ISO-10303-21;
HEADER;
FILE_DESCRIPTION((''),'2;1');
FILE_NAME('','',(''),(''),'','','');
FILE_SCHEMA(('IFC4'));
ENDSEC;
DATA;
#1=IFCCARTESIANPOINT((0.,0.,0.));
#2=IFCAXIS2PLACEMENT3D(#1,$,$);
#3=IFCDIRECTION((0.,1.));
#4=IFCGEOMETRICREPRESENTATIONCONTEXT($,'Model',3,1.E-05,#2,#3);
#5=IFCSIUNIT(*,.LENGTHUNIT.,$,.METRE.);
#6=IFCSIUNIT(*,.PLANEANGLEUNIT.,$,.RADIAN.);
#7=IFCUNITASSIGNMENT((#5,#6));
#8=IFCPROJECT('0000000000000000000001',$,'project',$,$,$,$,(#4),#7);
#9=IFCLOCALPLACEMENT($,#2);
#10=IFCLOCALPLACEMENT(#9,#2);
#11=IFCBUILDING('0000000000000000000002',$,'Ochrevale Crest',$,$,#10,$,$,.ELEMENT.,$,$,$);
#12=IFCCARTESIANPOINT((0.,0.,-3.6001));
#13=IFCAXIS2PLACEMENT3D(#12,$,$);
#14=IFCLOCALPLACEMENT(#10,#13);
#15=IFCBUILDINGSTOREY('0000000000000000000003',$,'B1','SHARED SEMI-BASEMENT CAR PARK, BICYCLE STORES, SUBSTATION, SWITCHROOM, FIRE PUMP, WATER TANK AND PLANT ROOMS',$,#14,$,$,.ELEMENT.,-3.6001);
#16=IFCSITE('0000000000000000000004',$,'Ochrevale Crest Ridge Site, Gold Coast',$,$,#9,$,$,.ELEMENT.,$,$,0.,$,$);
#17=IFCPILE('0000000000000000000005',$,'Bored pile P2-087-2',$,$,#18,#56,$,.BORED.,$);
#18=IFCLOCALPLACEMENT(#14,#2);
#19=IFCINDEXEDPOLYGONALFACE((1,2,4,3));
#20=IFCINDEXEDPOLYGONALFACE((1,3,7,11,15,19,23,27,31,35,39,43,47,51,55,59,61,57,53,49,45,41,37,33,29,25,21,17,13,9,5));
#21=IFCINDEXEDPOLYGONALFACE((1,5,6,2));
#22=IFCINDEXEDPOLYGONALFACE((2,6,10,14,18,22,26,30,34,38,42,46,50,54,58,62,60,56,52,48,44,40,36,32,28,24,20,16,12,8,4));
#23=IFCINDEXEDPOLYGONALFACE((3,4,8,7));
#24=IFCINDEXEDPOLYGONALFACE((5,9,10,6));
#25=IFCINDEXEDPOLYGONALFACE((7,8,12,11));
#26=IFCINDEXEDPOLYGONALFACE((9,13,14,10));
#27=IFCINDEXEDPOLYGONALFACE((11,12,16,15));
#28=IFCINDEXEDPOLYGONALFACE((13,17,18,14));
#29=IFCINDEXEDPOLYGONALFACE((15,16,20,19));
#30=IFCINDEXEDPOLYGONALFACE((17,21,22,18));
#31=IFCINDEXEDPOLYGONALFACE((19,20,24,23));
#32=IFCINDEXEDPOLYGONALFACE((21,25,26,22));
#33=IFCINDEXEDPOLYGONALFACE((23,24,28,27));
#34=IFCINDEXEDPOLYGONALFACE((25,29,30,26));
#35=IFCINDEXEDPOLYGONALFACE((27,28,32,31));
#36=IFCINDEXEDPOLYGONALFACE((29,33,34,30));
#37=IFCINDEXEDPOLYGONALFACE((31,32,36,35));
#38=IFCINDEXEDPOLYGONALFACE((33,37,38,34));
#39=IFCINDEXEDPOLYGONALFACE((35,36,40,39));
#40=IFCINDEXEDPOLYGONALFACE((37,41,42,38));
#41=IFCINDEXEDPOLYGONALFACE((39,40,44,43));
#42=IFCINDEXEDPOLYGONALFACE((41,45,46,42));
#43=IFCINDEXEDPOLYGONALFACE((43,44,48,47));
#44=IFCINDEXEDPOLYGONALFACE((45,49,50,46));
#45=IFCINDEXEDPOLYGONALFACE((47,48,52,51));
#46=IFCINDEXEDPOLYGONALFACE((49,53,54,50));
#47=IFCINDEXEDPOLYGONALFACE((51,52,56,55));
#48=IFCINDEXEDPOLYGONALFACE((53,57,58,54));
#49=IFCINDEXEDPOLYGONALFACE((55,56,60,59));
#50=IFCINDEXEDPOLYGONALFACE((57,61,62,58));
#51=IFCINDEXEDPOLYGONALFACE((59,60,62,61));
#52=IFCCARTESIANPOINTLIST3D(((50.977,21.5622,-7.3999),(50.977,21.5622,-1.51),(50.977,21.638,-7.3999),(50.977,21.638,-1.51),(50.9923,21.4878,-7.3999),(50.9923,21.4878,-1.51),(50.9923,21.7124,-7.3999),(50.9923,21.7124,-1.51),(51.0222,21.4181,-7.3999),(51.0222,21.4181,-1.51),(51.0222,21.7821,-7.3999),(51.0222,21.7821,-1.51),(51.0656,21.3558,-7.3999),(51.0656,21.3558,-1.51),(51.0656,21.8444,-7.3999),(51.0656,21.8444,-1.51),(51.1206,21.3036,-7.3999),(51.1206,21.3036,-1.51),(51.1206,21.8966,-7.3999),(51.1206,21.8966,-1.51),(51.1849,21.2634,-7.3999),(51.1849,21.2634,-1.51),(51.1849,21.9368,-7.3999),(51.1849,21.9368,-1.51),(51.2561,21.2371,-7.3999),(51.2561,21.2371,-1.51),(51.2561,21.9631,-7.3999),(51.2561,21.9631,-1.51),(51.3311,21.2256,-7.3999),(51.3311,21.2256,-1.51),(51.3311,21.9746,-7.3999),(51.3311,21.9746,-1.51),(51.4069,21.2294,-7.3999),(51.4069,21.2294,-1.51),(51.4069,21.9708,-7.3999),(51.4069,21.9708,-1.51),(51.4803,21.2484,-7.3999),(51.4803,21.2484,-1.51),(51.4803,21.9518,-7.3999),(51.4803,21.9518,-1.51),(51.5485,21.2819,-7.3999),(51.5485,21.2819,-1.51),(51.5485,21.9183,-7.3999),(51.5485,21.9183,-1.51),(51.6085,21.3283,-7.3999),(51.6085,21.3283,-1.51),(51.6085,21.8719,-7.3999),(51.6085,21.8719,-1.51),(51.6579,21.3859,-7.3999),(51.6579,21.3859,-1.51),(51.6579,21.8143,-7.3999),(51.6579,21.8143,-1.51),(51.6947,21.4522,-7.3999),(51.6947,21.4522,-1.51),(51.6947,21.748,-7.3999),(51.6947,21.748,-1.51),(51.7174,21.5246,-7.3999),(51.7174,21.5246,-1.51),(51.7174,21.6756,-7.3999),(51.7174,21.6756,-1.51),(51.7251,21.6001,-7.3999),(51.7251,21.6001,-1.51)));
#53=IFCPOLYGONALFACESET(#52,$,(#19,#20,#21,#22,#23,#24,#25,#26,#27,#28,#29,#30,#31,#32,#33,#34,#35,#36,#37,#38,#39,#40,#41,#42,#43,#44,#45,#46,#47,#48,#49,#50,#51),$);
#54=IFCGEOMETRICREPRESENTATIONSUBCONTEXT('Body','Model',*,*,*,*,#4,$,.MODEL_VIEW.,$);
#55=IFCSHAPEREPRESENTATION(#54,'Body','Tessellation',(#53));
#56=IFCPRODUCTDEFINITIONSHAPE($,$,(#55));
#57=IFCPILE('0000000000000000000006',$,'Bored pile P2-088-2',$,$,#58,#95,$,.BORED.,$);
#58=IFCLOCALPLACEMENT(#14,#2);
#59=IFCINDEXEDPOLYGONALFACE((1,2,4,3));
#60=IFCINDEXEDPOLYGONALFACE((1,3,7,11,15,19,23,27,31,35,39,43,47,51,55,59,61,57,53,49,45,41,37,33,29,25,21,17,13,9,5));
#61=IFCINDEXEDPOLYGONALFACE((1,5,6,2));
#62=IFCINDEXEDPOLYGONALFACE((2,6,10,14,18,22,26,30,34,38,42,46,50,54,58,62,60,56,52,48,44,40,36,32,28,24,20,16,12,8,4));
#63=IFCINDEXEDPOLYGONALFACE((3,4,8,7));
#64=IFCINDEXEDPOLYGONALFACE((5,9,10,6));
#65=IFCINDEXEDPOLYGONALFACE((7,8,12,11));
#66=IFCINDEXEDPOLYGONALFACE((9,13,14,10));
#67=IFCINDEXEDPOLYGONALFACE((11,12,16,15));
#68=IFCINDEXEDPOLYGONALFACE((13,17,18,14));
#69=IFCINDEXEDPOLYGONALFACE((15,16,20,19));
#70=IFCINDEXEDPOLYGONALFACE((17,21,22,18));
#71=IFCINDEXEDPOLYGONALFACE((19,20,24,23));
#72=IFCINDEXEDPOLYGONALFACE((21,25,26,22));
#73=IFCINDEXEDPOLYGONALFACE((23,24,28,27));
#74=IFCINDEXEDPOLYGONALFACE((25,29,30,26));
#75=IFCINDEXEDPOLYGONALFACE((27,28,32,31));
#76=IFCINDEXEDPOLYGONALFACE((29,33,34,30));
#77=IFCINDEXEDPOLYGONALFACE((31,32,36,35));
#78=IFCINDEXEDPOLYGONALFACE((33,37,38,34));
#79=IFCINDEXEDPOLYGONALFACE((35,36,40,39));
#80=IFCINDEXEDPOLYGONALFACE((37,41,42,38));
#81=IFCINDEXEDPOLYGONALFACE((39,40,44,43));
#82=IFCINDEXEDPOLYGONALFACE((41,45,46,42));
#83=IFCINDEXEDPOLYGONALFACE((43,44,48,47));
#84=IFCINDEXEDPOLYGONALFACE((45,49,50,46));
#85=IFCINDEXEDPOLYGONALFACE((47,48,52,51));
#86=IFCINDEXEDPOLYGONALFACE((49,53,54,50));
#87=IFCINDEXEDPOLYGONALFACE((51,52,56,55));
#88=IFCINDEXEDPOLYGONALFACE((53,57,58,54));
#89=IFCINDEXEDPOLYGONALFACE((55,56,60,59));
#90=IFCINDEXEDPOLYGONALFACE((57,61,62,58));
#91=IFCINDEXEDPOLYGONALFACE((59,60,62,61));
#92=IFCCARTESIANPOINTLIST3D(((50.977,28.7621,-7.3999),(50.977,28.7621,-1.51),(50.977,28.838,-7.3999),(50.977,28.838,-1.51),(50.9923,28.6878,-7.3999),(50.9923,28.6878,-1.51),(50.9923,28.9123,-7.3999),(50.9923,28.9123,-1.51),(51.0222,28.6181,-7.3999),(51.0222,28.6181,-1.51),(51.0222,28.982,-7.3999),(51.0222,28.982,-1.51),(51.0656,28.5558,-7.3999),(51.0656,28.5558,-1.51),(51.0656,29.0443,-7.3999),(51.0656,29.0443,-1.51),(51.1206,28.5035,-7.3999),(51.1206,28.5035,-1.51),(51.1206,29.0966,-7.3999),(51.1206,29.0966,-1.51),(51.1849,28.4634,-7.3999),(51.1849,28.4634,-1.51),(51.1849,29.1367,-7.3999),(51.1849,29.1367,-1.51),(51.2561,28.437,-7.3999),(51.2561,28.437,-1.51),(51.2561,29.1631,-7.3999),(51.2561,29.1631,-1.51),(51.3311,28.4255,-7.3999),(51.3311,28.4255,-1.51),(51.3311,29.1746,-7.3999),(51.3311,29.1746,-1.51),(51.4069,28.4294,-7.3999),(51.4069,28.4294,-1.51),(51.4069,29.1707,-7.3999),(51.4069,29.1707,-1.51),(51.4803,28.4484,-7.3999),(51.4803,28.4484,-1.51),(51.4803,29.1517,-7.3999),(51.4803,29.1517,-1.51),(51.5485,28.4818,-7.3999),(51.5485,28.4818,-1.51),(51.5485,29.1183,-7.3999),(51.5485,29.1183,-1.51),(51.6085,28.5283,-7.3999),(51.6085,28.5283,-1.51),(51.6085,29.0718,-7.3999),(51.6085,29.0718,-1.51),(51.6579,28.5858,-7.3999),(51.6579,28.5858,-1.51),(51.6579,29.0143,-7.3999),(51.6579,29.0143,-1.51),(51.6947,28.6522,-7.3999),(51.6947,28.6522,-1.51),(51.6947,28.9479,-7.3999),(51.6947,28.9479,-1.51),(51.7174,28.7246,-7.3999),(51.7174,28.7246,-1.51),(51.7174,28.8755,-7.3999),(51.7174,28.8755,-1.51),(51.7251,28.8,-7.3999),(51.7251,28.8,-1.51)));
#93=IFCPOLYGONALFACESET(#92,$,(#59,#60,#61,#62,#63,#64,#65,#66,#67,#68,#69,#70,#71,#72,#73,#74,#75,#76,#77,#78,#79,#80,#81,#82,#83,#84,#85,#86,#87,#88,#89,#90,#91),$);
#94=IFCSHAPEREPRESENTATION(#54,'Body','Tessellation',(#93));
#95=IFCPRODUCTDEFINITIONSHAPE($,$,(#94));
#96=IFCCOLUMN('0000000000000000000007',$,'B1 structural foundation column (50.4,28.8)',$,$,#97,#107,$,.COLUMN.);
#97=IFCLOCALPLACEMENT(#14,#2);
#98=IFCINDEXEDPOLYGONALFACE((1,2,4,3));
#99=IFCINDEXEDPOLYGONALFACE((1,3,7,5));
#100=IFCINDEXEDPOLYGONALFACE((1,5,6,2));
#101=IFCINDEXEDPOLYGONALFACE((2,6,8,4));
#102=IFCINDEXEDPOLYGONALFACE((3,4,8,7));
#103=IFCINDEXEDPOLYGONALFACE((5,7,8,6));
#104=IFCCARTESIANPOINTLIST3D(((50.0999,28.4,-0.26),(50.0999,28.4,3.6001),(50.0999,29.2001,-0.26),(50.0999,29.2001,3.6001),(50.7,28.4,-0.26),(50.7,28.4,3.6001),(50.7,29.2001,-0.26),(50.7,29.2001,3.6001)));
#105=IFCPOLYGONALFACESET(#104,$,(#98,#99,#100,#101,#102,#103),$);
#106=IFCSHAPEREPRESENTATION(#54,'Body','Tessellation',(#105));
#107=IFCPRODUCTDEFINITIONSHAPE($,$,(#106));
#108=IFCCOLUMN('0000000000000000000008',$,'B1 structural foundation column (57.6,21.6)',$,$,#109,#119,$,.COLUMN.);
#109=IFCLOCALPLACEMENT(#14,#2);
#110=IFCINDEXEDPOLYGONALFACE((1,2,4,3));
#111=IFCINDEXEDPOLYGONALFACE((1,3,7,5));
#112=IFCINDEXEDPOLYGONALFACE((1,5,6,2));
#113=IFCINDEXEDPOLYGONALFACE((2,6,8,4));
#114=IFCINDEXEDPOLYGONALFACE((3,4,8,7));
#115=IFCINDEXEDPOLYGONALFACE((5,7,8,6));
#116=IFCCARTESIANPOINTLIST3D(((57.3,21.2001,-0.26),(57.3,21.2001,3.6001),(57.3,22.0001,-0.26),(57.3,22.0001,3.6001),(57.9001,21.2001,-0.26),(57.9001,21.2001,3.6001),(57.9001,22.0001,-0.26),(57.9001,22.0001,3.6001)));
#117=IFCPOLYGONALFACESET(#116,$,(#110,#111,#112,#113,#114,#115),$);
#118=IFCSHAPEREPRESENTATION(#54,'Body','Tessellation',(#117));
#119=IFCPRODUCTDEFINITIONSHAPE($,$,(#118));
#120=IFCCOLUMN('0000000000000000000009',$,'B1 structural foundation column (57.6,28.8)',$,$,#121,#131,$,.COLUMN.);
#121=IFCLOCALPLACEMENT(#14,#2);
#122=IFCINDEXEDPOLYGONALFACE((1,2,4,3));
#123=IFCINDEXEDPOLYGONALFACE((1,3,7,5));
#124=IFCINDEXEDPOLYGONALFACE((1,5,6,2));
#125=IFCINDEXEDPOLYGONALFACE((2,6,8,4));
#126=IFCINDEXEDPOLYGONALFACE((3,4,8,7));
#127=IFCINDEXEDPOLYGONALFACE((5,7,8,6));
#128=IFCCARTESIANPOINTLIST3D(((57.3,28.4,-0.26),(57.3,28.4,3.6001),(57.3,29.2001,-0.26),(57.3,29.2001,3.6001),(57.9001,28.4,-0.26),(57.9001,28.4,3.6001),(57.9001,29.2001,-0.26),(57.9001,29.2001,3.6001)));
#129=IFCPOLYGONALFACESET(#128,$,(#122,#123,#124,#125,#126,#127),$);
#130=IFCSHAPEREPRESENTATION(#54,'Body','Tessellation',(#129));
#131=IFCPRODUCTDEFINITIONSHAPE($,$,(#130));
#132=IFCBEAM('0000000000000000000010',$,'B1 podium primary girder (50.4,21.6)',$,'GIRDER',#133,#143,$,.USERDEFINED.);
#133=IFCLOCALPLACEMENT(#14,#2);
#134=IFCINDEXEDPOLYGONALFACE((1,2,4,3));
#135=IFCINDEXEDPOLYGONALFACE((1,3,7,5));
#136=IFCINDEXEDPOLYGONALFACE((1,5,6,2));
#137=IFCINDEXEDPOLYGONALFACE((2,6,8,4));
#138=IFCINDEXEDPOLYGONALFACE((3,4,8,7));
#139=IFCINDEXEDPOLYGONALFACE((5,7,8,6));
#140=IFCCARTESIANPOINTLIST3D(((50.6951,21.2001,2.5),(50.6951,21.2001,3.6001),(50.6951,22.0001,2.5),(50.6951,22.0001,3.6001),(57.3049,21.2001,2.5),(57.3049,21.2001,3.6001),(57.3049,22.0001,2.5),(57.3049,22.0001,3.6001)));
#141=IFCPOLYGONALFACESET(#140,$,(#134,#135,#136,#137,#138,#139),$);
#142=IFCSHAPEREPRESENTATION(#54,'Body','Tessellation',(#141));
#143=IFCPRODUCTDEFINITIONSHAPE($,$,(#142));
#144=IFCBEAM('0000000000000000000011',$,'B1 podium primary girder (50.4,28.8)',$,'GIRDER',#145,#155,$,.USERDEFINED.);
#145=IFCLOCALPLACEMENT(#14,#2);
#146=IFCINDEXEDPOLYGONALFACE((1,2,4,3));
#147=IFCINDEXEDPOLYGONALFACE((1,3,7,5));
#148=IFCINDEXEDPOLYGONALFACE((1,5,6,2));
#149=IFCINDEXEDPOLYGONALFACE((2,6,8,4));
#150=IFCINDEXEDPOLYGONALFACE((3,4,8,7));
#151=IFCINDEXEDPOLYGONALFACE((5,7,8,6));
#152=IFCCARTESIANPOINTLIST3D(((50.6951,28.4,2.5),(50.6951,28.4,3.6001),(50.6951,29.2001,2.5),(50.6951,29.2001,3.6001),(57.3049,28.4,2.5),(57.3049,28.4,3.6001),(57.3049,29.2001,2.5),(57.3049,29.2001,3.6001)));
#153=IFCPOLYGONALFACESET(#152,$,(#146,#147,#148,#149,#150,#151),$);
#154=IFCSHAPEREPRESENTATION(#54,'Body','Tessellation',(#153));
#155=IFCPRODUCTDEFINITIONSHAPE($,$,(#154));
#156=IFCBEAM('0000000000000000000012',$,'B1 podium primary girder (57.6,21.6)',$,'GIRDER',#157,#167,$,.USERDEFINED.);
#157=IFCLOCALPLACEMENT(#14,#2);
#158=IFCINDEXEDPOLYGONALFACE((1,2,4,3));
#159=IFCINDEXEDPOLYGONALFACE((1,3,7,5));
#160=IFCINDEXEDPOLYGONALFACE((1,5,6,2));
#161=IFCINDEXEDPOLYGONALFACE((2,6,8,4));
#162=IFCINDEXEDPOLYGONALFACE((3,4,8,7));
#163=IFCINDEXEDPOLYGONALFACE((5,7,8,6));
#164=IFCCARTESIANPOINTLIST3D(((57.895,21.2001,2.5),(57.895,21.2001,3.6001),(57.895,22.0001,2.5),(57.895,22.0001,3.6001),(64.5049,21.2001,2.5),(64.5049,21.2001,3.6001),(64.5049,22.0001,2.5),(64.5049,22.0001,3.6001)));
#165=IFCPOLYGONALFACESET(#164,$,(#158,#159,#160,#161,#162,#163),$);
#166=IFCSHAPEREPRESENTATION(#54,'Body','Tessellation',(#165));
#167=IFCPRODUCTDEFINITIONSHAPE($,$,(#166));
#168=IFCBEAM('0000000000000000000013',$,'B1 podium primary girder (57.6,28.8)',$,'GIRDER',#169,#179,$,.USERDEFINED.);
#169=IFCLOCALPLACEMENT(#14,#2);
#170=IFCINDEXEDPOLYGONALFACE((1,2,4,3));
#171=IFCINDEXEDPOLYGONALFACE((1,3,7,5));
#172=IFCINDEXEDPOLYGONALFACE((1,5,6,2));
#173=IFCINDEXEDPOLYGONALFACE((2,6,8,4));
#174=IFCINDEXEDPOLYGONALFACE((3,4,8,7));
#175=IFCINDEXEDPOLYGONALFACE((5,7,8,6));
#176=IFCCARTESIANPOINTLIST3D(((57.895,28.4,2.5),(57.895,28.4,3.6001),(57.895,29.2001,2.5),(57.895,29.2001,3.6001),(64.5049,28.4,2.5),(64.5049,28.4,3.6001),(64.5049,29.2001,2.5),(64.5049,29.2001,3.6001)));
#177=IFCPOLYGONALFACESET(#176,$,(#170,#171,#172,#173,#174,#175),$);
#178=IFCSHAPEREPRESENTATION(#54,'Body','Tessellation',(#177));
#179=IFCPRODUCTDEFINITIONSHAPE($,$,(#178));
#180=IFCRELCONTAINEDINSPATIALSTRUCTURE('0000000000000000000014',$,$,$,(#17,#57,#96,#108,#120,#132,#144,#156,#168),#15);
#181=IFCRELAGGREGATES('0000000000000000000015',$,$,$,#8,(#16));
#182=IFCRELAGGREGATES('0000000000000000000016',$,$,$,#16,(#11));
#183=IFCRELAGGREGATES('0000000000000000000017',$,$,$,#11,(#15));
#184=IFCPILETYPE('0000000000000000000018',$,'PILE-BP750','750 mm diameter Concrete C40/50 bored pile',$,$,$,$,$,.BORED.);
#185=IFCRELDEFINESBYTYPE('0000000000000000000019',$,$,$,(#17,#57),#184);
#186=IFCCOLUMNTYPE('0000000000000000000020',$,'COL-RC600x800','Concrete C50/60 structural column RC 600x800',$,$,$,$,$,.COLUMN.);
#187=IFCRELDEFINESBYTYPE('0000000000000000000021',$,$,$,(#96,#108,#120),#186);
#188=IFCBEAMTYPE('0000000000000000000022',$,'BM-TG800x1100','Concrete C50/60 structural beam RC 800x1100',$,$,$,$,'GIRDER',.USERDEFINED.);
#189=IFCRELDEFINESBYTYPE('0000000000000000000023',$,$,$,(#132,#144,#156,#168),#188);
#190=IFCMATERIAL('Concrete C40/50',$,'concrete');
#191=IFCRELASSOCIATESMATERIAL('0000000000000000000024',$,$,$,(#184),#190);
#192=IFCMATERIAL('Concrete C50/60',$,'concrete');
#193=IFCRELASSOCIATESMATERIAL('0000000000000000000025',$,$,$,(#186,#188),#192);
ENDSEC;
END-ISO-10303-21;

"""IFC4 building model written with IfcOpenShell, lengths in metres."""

from ifc_helpers import new_model, si_unit, direction, frame, origin, origin_2d, place, context, subcontext, project, spatial, rectangle, circle, extrude, material, material_profile, profile_set, type_object, element, save


model = new_model("IFC4")

# Units and contexts
model_context = context("Model", 3, precision=1e-05, world=origin(), true_north=direction((0.0, 1.0)))
body_context = subcontext(model_context, "Body", "Model", "MODEL_VIEW")
ifc_project = project(units=[si_unit("LENGTHUNIT", "METRE"), si_unit("PLANEANGLEUNIT", "RADIAN")], contexts=[model_context])

# Site, building, storey
site_placement = place(None, origin())
site = spatial("IfcSite", under=ifc_project, at=site_placement, Name="Ochrevale Crest Ridge Site, Gold Coast", CompositionType="ELEMENT", RefElevation=0.0)
building_placement = place(site_placement, origin())
building = spatial("IfcBuilding", under=site, at=building_placement, Name="Ochrevale Crest", CompositionType="ELEMENT")
storey_placement = place(building_placement, frame((0.0, 0.0, -3.6001)))
storey = spatial("IfcBuildingStorey", under=building, at=storey_placement, Name="B1", Description="SHARED SEMI-BASEMENT CAR PARK, BICYCLE STORES, SUBSTATION, SWITCHROOM, FIRE PUMP, WATER TANK AND PLANT ROOMS", CompositionType="ELEMENT", Elevation=-3.6001)

# Shared definitions
ifc_material_1 = material(Name="Concrete C40/50", Category="concrete")

# Piles
ifc_material_profile_1 = material_profile(ifc_material_1, circle(Radius=0.375, at=origin_2d()), Name="BORED PILE 750")
ifc_profile_set_1 = profile_set([ifc_material_profile_1], Name="Concrete C40/50")
pile_type_1 = type_object("IfcPileType", Name="PILE-BP750", Description="750 mm diameter Concrete C40/50 bored pile", PredefinedType="BORED", material=ifc_profile_set_1)
for number, where, z_axis, x_axis, name in (
    (1, (51.3501, 21.6001, -1.51), (0.0, 0.0, -1.0), (1.0, 0.0, 0.0), "Bored pile P2-087-2"),
    (2, (51.3501, 28.8, -1.51), (0.0, 0.0, -1.0), (1.0, 0.0, 0.0), "Bored pile P2-088-2"),
):
    element("IfcPile", number, at=place(storey_placement, frame(where, z_axis=z_axis, x_axis=x_axis)), inside=storey, type_object=pile_type_1, Name=name, PredefinedType="BORED", context=body_context, shape_type="SweptSolid", body=[
        extrude(circle(Radius=0.375, at=origin_2d()), origin(), (0.0, 0.0, 1.0), 5.8899),
    ])

# Columns
ifc_material_2 = material(Name="Concrete C50/60", Category="concrete")
ifc_material_profile_2 = material_profile(ifc_material_2, rectangle(XDim=0.6001, YDim=0.8, at=origin_2d()), Name="RC 600x800")
ifc_profile_set_2 = profile_set([ifc_material_profile_2], Name="Concrete C50/60")
column_type = type_object("IfcColumnType", Name="COL-RC600x800", Description="Concrete C50/60 structural column RC 600x800", PredefinedType="COLUMN", material=ifc_profile_set_2)
for number, where, z_axis, x_axis, name in (
    (3, (50.3999, 28.8, -0.26), (0.0, 0.0, 1.0), (1.0, 0.0, 0.0), "B1 structural foundation column (50.4,28.8)"),
    (4, (57.6001, 21.6001, -0.26), (0.0, 0.0, 1.0), (1.0, 0.0, 0.0), "B1 structural foundation column (57.6,21.6)"),
    (5, (57.6001, 28.8, -0.26), (0.0, 0.0, 1.0), (1.0, 0.0, 0.0), "B1 structural foundation column (57.6,28.8)"),
):
    element("IfcColumn", number, at=place(storey_placement, frame(where, z_axis=z_axis, x_axis=x_axis)), inside=storey, type_object=column_type, Name=name, PredefinedType="COLUMN", context=body_context, shape_type="SweptSolid", body=[
        extrude(rectangle(XDim=0.6001, YDim=0.8, at=origin_2d()), origin(), (0.0, 0.0, 1.0), 3.8601),
    ])

# Beams
ifc_material_profile_3 = material_profile(ifc_material_2, rectangle(XDim=0.8, YDim=1.1001, at=origin_2d()), Name="RC 800x1100")
ifc_profile_set_3 = profile_set([ifc_material_profile_3], Name="Concrete C50/60")
beam_type_1 = type_object("IfcBeamType", Name="BM-TG800x1100", Description="Concrete C50/60 structural beam RC 800x1100", ElementType="GIRDER", PredefinedType="USERDEFINED", material=ifc_profile_set_3)
for number, where, z_axis, x_axis, name in (
    (6, (50.6951, 21.6001, 3.05), (1.0, 0.0, 0.0), (0.0, 1.0, 0.0), "B1 podium primary girder (50.4,21.6)"),
    (7, (50.6951, 28.8, 3.05), (1.0, 0.0, 0.0), (0.0, 1.0, 0.0), "B1 podium primary girder (50.4,28.8)"),
    (8, (57.895, 21.6001, 3.05), (1.0, 0.0, 0.0), (0.0, 1.0, 0.0), "B1 podium primary girder (57.6,21.6)"),
    (9, (57.895, 28.8, 3.05), (1.0, 0.0, 0.0), (0.0, 1.0, 0.0), "B1 podium primary girder (57.6,28.8)"),
):
    element("IfcBeam", number, at=place(storey_placement, frame(where, z_axis=z_axis, x_axis=x_axis)), inside=storey, type_object=beam_type_1, Name=name, ObjectType="GIRDER", PredefinedType="USERDEFINED", context=body_context, shape_type="SweptSolid", body=[
        extrude(rectangle(XDim=0.8, YDim=1.1001, at=origin_2d()), origin(), (0.0, 0.0, 1.0), 6.6099),
    ])

save(model, "model.ifc")
